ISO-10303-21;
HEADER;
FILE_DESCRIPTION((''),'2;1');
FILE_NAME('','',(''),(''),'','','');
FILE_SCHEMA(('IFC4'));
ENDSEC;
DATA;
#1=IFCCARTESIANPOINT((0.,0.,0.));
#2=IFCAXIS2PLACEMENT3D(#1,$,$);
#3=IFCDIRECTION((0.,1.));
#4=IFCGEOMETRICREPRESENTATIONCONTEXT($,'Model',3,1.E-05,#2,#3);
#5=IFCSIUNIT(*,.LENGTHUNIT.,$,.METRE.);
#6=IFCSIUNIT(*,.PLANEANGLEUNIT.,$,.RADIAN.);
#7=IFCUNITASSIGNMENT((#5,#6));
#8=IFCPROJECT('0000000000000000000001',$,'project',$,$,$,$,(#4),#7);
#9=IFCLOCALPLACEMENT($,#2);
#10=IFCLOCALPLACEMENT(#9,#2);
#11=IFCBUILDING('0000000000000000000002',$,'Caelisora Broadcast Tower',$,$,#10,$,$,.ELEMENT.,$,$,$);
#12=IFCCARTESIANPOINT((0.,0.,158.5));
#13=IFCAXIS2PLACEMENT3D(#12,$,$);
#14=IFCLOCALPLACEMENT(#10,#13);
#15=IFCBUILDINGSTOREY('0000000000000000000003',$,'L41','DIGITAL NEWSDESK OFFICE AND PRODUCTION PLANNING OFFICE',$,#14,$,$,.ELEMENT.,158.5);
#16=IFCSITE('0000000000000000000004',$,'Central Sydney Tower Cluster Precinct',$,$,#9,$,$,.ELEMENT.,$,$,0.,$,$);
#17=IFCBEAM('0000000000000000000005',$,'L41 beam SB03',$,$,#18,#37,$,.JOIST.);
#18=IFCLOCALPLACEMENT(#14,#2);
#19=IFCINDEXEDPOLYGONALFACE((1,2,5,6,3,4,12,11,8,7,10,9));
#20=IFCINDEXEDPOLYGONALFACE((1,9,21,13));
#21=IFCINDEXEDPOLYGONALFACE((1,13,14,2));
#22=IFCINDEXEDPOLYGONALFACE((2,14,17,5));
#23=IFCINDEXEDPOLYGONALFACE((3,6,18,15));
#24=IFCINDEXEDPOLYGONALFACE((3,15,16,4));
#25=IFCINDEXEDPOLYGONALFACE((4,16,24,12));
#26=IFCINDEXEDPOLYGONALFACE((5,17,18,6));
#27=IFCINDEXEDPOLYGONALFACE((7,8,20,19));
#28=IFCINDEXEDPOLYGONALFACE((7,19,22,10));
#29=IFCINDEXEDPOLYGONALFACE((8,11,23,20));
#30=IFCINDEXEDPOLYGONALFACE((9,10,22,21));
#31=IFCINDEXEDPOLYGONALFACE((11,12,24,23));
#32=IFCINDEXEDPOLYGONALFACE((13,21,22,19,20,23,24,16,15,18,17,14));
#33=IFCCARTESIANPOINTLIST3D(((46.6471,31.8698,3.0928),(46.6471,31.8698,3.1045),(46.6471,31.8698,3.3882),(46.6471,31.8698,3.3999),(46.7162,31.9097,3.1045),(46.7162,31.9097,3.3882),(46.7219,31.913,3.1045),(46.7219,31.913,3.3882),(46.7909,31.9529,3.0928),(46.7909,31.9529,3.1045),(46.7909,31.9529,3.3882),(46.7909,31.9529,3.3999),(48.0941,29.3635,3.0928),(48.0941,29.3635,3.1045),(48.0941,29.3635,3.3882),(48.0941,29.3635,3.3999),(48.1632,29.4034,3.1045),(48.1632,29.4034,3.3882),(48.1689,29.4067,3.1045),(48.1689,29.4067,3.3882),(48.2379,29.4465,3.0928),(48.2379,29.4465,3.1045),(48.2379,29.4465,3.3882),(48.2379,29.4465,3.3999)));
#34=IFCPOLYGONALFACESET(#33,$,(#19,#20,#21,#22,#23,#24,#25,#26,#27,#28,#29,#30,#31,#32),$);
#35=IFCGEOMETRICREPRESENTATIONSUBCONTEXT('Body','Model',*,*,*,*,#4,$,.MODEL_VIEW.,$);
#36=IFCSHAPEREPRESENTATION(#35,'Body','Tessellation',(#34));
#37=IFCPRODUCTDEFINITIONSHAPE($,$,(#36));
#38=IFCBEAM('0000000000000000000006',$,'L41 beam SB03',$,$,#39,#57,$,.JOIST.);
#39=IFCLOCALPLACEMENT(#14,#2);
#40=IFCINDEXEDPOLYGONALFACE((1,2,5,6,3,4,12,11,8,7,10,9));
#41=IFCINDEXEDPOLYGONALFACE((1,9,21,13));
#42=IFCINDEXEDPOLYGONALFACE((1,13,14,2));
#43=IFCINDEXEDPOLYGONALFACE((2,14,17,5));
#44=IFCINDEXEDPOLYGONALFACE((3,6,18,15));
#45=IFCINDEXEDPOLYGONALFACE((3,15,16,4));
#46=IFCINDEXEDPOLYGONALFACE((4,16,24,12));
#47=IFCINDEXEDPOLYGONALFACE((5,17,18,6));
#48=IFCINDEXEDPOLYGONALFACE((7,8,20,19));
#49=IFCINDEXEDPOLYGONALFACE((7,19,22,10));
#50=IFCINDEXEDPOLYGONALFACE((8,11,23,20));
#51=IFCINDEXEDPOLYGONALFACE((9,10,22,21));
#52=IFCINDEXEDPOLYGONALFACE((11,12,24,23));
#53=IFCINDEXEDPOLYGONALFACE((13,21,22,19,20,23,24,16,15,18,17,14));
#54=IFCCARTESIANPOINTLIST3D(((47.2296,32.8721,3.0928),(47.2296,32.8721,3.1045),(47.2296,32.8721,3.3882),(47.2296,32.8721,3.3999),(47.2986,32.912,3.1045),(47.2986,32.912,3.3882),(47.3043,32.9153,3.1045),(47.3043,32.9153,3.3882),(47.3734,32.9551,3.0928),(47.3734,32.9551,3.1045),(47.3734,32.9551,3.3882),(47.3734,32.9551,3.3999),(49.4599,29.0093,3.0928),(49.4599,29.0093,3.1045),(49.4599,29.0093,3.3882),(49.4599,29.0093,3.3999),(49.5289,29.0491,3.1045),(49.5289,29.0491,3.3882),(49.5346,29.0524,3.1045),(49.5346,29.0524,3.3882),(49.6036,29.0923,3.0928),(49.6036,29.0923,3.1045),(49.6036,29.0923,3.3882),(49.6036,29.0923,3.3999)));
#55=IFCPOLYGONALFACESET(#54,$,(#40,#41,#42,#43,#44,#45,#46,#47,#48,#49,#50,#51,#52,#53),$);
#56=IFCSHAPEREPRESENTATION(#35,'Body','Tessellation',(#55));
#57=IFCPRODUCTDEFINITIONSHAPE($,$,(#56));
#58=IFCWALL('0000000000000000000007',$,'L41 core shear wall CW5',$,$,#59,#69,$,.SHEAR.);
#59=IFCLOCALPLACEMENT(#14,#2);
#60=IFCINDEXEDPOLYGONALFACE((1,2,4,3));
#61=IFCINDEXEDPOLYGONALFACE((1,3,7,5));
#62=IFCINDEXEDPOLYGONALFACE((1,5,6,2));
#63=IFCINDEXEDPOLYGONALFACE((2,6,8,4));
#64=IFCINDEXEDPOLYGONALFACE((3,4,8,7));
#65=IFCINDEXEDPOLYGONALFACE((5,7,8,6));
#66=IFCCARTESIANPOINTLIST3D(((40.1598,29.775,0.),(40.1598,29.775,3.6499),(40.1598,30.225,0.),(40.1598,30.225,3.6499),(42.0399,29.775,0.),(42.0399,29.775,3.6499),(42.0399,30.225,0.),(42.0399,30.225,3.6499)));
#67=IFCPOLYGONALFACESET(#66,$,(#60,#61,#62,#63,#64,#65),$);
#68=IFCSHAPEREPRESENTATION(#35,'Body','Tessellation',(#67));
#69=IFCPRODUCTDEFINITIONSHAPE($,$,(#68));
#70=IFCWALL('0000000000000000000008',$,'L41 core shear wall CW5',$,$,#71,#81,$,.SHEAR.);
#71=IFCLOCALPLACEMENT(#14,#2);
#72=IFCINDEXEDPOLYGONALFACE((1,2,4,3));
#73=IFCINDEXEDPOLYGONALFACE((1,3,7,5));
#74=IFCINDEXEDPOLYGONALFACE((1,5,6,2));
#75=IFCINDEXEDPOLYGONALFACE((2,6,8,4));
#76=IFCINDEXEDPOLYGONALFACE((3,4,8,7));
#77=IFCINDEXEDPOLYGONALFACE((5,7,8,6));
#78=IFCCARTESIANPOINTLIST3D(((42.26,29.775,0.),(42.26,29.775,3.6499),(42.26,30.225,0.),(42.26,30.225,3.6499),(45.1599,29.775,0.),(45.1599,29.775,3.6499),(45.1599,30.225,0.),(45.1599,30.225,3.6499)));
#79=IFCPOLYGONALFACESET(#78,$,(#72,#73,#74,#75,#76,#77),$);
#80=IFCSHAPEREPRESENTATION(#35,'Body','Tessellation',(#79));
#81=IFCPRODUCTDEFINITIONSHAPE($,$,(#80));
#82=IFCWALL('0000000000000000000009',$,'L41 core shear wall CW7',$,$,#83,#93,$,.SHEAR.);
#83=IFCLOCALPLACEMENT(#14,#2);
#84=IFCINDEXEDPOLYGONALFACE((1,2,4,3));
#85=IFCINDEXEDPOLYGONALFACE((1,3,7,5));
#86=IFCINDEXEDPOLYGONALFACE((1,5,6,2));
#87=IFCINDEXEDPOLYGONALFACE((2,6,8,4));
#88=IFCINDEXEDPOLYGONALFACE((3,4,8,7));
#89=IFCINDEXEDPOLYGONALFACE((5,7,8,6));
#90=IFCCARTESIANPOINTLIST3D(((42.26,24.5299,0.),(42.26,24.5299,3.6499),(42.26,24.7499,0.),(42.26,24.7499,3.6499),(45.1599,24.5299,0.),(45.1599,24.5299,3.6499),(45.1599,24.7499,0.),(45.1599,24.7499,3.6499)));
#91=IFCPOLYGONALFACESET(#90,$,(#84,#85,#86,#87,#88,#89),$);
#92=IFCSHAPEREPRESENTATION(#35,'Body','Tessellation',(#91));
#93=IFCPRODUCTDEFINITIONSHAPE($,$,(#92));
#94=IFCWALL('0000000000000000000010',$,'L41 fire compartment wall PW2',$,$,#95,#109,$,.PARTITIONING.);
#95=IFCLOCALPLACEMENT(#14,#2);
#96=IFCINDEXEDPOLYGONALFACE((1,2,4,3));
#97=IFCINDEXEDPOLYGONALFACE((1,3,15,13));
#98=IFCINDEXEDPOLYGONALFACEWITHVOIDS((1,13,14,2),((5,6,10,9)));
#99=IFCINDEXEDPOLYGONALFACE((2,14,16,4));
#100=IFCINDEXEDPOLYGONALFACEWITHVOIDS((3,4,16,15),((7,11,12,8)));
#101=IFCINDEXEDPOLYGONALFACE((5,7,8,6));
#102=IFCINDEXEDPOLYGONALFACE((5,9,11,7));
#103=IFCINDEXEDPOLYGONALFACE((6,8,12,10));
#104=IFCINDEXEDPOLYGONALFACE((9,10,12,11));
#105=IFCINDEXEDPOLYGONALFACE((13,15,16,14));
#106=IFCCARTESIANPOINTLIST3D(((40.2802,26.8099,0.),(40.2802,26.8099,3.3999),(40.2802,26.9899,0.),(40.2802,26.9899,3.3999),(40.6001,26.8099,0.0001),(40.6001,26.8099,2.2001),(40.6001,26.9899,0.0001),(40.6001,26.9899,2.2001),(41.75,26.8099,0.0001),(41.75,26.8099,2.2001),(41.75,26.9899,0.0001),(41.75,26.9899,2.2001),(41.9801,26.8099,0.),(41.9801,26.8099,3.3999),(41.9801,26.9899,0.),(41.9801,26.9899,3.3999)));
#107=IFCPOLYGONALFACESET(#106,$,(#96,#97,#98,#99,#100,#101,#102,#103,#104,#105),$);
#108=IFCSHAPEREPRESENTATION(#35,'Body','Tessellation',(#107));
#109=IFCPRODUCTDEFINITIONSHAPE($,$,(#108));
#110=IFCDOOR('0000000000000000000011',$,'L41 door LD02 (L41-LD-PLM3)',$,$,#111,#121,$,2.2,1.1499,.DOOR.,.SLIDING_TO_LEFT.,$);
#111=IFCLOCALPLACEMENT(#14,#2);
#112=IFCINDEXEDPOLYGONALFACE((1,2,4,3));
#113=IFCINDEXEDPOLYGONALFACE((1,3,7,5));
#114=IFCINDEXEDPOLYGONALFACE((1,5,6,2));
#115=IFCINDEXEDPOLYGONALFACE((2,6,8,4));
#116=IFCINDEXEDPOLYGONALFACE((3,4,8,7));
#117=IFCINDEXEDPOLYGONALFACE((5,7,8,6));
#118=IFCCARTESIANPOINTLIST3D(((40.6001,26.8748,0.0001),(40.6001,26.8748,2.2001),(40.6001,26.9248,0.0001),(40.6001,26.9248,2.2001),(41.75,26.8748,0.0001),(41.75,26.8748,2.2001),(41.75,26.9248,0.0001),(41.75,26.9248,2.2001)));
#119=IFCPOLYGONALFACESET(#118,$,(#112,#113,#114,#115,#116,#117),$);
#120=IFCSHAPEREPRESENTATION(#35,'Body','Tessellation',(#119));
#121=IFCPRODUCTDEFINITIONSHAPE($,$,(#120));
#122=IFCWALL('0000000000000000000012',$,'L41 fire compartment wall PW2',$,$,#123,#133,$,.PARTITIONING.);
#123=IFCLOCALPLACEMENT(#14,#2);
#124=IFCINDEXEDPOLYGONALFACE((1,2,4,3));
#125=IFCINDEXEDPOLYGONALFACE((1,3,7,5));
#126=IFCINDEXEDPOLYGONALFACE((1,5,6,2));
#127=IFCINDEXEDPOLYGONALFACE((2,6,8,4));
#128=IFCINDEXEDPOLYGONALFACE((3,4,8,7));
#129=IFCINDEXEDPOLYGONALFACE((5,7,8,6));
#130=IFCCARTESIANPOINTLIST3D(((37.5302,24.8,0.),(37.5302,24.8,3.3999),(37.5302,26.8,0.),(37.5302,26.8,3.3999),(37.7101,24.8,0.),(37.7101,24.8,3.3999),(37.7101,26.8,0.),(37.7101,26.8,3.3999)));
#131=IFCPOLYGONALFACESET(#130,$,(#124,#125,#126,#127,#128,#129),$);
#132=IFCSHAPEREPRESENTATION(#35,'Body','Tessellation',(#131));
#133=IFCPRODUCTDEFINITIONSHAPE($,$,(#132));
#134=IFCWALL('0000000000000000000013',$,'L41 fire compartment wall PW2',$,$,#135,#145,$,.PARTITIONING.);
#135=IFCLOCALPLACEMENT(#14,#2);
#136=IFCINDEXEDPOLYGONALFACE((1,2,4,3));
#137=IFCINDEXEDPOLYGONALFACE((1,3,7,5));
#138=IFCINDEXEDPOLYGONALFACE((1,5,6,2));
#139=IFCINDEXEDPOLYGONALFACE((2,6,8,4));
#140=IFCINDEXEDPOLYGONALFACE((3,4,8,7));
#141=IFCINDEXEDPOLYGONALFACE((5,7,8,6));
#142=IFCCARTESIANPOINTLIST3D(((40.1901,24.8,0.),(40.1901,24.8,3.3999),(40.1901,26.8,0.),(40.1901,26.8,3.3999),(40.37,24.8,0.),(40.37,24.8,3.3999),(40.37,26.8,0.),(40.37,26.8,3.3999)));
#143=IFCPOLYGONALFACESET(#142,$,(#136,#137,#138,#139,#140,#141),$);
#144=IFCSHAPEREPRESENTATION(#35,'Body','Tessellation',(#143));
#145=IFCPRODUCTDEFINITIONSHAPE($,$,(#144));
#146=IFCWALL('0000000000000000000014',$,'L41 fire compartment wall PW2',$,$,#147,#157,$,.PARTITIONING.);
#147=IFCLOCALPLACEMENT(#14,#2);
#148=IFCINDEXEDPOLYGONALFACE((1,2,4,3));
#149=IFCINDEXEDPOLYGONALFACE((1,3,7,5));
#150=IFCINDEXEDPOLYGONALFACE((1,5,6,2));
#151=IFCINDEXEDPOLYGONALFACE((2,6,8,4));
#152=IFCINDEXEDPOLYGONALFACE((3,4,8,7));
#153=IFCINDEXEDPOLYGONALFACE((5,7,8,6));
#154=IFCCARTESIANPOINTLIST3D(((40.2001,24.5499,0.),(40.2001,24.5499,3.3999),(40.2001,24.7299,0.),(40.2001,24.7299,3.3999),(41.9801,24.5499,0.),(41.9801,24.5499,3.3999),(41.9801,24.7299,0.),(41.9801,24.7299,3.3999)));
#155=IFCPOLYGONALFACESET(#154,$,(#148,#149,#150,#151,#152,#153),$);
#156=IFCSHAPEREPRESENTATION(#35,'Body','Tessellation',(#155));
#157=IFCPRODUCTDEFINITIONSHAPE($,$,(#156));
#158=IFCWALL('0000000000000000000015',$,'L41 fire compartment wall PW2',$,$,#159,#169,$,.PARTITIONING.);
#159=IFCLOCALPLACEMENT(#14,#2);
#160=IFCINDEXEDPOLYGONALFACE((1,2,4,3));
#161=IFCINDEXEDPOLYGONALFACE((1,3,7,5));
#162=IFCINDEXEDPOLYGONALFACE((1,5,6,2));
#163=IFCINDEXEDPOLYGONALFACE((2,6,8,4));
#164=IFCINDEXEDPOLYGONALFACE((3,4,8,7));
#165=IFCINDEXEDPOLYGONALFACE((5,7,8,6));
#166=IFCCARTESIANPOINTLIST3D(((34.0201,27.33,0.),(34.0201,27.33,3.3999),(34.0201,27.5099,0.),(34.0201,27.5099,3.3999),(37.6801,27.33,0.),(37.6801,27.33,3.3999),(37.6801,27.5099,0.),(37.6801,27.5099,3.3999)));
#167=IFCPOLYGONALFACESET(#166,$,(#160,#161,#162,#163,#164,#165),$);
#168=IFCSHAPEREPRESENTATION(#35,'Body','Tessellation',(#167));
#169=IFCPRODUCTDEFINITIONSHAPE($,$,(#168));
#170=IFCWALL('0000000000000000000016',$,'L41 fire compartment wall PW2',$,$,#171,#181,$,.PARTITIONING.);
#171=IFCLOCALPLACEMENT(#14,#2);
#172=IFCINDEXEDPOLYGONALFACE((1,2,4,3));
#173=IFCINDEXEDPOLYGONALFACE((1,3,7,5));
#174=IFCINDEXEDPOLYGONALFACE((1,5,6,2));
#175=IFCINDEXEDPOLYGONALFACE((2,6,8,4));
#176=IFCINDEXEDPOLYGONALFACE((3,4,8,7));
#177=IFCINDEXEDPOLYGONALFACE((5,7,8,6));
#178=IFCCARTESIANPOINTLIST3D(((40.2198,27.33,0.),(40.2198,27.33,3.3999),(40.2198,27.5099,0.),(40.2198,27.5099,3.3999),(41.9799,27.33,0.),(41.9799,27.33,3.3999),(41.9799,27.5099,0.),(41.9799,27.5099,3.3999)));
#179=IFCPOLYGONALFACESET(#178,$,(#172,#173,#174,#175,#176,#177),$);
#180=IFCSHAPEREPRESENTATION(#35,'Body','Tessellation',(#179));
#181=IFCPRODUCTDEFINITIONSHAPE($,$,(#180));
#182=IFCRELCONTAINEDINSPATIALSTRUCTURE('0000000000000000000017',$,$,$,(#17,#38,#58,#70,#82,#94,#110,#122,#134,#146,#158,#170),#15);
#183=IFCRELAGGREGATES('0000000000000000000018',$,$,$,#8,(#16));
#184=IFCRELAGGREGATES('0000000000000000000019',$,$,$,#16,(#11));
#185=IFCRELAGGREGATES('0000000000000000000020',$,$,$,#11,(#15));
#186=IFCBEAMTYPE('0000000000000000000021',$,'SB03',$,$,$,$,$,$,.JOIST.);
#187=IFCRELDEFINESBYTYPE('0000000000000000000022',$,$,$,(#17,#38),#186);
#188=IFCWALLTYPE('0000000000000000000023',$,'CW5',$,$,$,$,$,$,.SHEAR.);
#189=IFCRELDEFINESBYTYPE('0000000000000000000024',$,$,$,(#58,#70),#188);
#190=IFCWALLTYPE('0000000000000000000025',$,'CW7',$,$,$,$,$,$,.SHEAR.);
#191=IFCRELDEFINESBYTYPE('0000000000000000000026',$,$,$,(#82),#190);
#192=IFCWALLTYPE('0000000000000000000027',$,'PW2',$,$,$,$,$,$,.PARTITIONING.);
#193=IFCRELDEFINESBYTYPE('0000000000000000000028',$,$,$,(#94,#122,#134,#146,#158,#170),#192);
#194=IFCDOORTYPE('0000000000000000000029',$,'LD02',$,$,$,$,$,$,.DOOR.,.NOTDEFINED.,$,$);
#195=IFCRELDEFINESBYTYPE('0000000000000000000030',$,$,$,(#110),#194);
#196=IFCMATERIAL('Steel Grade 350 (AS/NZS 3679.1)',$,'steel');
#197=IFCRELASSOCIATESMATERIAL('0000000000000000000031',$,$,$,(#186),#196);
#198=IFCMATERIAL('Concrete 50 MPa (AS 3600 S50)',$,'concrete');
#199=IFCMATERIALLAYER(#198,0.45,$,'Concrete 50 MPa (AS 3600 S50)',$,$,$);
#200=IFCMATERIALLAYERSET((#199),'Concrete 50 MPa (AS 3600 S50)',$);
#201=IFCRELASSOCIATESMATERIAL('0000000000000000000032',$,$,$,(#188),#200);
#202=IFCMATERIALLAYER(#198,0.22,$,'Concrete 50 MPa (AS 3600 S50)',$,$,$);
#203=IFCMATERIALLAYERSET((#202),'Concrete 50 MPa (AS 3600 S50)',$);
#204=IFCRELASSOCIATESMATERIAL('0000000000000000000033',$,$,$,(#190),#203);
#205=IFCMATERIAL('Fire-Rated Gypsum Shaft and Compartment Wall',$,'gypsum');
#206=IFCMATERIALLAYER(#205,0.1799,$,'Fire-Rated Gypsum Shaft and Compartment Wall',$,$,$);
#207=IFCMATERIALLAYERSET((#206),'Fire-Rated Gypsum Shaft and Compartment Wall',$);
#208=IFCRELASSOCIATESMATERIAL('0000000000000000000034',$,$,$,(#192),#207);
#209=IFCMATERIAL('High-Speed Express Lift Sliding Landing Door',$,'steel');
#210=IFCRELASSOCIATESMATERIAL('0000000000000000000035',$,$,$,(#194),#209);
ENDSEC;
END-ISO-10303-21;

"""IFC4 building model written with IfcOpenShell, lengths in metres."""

from ifc_helpers import new_model, si_unit, direction, frame, frame_2d, origin, origin_2d, place, context, subcontext, project, spatial, rectangle, i_section, extrude, source, transform, mapped, material, layer, layer_set, material_profile, profile_set, type_object, type_shapes, element, fill, save


model = new_model("IFC4")

# Units and contexts
model_context = context("Model", 3, precision=1e-05, world=origin(), true_north=direction((0.0, 1.0)))
body_context = subcontext(model_context, "Body", "Model", "MODEL_VIEW")
ifc_project = project(units=[si_unit("LENGTHUNIT", "METRE"), si_unit("PLANEANGLEUNIT", "RADIAN")], contexts=[model_context])

# Site, building, storey
site_placement = place(None, origin())
site = spatial("IfcSite", under=ifc_project, at=site_placement, Name="Central Sydney Tower Cluster Precinct", CompositionType="ELEMENT", RefElevation=0.0)
building_placement = place(site_placement, origin())
building = spatial("IfcBuilding", under=site, at=building_placement, Name="Caelisora Broadcast Tower", CompositionType="ELEMENT")
storey_placement = place(building_placement, frame((0.0, 0.0, 158.5)))
storey = spatial("IfcBuildingStorey", under=building, at=storey_placement, Name="L41", Description="DIGITAL NEWSDESK OFFICE AND PRODUCTION PLANNING OFFICE", CompositionType="ELEMENT", Elevation=158.5)

# Beams
ifc_material_1 = material(Name="Concrete 50 MPa (AS 3600 S50)", Category="concrete")
ifc_material_2 = material(Name="Steel Grade 350 (AS/NZS 3679.1)", Category="steel")
ifc_material_profile_1 = material_profile(ifc_material_2, i_section(OverallWidth=0.166, OverallDepth=0.3071, WebThickness=0.0066, FlangeThickness=0.0117, at=origin_2d()), Name="Steel Grade 350 (AS/NZS 3679.1)")
ifc_profile_set_1 = profile_set([ifc_material_profile_1], Name="Steel Grade 350 (AS/NZS 3679.1)")
beam_type_1 = type_object("IfcBeamType", Name="SB03", PredefinedType="JOIST", material=ifc_profile_set_1)
shared_shape_1 = source(origin(), body_context, "Body", "SweptSolid", [
    extrude(i_section(OverallWidth=0.166, OverallDepth=0.3071, WebThickness=0.0066, FlangeThickness=0.0117, at=origin_2d()), origin(), (0.0, 0.0, 1.0), 2.894),
])
beam_1_placement = place(storey_placement, frame((48.166, 29.405, 3.2463), z_axis=(-0.499995, 0.866028, 0.0), x_axis=(-0.866028, -0.499995, 0.0)))
element("IfcBeam", 1, at=beam_1_placement, inside=storey, type_object=beam_type_1, Name="L41 beam SB03", PredefinedType="JOIST", context=body_context, shape_type="MappedRepresentation", body=[
    mapped(shared_shape_1, transform((0.0, 0.0, 0.0), scale=1.0)),
])
shared_shape_2 = source(origin(), body_context, "Body", "SweptSolid", [
    extrude(i_section(OverallWidth=0.166, OverallDepth=0.3071, WebThickness=0.0066, FlangeThickness=0.0117, at=origin_2d()), origin(), (0.0, 0.0, 1.0), 4.4604),
])
type_shapes(beam_type_1, [shared_shape_1, shared_shape_2])
beam_2_placement = place(storey_placement, frame((49.5317, 29.0508, 3.2463), z_axis=(-0.500007, 0.866022, 0.0), x_axis=(-0.866022, -0.500007, 0.0)))
element("IfcBeam", 2, at=beam_2_placement, inside=storey, type_object=beam_type_1, Name="L41 beam SB03", PredefinedType="JOIST", context=body_context, shape_type="MappedRepresentation", body=[
    mapped(shared_shape_2, transform((0.0, 0.0, 0.0), scale=1.0)),
])

# Walls
ifc_layer_1 = layer(ifc_material_1, 0.45, Name="Concrete 50 MPa (AS 3600 S50)")
ifc_layer_set_1 = layer_set([ifc_layer_1], Name="Concrete 50 MPa (AS 3600 S50)")
wall_type_1 = type_object("IfcWallType", Name="CW5", PredefinedType="SHEAR", material=ifc_layer_set_1)
wall_1_placement = place(storey_placement, frame((40.1599, 30.0, 0.0), z_axis=(0.0, 0.0, 1.0), x_axis=(1.0, 0.0, 0.0)))
element("IfcWall", 3, at=wall_1_placement, inside=storey, type_object=wall_type_1, Name="L41 core shear wall CW5", PredefinedType="SHEAR", context=body_context, shape_type="SweptSolid", body=[
    extrude(rectangle(XDim=1.8801, YDim=0.45, at=frame_2d((0.9399, 0.0))), origin(), (0.0, 0.0, 1.0), 3.6499),
])
wall_2_placement = place(storey_placement, frame((42.26, 30.0, 0.0), z_axis=(0.0, 0.0, 1.0), x_axis=(1.0, 0.0, 0.0)))
element("IfcWall", 4, at=wall_2_placement, inside=storey, type_object=wall_type_1, Name="L41 core shear wall CW5", PredefinedType="SHEAR", context=body_context, shape_type="SweptSolid", body=[
    extrude(rectangle(XDim=2.8999, YDim=0.45, at=frame_2d((1.45, 0.0))), origin(), (0.0, 0.0, 1.0), 3.6499),
])
ifc_layer_2 = layer(ifc_material_1, 0.22, Name="Concrete 50 MPa (AS 3600 S50)")
ifc_layer_set_2 = layer_set([ifc_layer_2], Name="Concrete 50 MPa (AS 3600 S50)")
wall_type_2 = type_object("IfcWallType", Name="CW7", PredefinedType="SHEAR", material=ifc_layer_set_2)
wall_3_placement = place(storey_placement, frame((42.26, 24.6399, 0.0), z_axis=(0.0, 0.0, 1.0), x_axis=(1.0, 0.0, 0.0)))
element("IfcWall", 5, at=wall_3_placement, inside=storey, type_object=wall_type_2, Name="L41 core shear wall CW7", PredefinedType="SHEAR", context=body_context, shape_type="SweptSolid", body=[
    extrude(rectangle(XDim=2.8999, YDim=0.22, at=frame_2d((1.45, 0.0))), origin(), (0.0, 0.0, 1.0), 3.6499),
])

# Wall, opening, door
ifc_material_3 = material(Name="Fire-Rated Gypsum Shaft and Compartment Wall", Category="gypsum")
ifc_layer_3 = layer(ifc_material_3, 0.1799, Name="Fire-Rated Gypsum Shaft and Compartment Wall")
ifc_layer_set_3 = layer_set([ifc_layer_3], Name="Fire-Rated Gypsum Shaft and Compartment Wall")
wall_type_3 = type_object("IfcWallType", Name="PW2", PredefinedType="PARTITIONING", material=ifc_layer_set_3)
wall_4_placement = place(storey_placement, frame((40.28, 26.8999, 0.0), z_axis=(0.0, 0.0, 1.0), x_axis=(1.0, 0.0, 0.0)))
wall_4 = element("IfcWall", 6, at=wall_4_placement, inside=storey, type_object=wall_type_3, Name="L41 fire compartment wall PW2", PredefinedType="PARTITIONING", context=body_context, shape_type="SweptSolid", body=[
    extrude(rectangle(XDim=1.7, YDim=0.1799, at=frame_2d((0.8501, 0.0))), origin(), (0.0, 0.0, 1.0), 3.3999),
])
opening_placement = place(wall_4_placement, frame((0.3201, 0.0, 0.0)))
opening = element("IfcOpeningElement", 7, at=opening_placement, cuts=wall_4, PredefinedType="OPENING", context=body_context, shape_type="SweptSolid", body=[
    extrude(rectangle(XDim=1.1499, YDim=2.2, at=frame_2d((0.575, 1.1001))), frame((0.0, 0.1021, 0.0), z_axis=(0.0, -1.0, 0.0), x_axis=(1.0, 0.0, 0.0)), (0.0, 0.0, 1.0), 0.2039),
])
ifc_material_4 = material(Name="High-Speed Express Lift Sliding Landing Door", Category="steel")
door_type = type_object("IfcDoorType", Name="LD02", OperationType="NOTDEFINED", PredefinedType="DOOR", material=ifc_material_4)
door_placement = place(opening_placement, origin())
door = element("IfcDoor", 8, at=door_placement, inside=storey, type_object=door_type, Name="L41 door LD02 (L41-LD-PLM3)", OperationType="SLIDING_TO_LEFT", OverallHeight=2.2, OverallWidth=1.1499, PredefinedType="DOOR", context=body_context, shape_type="SweptSolid", body=[
    extrude(rectangle(XDim=1.1499, YDim=2.2, at=frame_2d((0.575, 1.1001))), frame((0.0, 0.0249, 0.0), z_axis=(0.0, -1.0, 0.0), x_axis=(1.0, 0.0, 0.0)), (0.0, 0.0, 1.0), 0.05),
])
fill(opening, door)

# Walls
for number, where, z_axis, x_axis, name in (
    (9, (37.6201, 24.8, 0.0), (0.0, 0.0, 1.0), (0.0, 1.0, 0.0), "L41 fire compartment wall PW2"),
    (10, (40.28, 24.8, 0.0), (0.0, 0.0, 1.0), (0.0, 1.0, 0.0), "L41 fire compartment wall PW2"),
):
    element("IfcWall", number, at=place(storey_placement, frame(where, z_axis=z_axis, x_axis=x_axis)), inside=storey, type_object=wall_type_3, Name=name, PredefinedType="PARTITIONING", context=body_context, shape_type="SweptSolid", body=[
        extrude(rectangle(XDim=2.0, YDim=0.1799, at=frame_2d((1.0, 0.0))), origin(), (0.0, 0.0, 1.0), 3.3999),
    ])
wall_5_placement = place(storey_placement, frame((40.2, 24.6399, 0.0), z_axis=(0.0, 0.0, 1.0), x_axis=(1.0, 0.0, 0.0)))
element("IfcWall", 11, at=wall_5_placement, inside=storey, type_object=wall_type_3, Name="L41 fire compartment wall PW2", PredefinedType="PARTITIONING", context=body_context, shape_type="SweptSolid", body=[
    extrude(rectangle(XDim=1.78, YDim=0.1799, at=frame_2d((0.8901, 0.0))), origin(), (0.0, 0.0, 1.0), 3.3999),
])
wall_6_placement = place(storey_placement, frame((34.02, 27.4199, 0.0), z_axis=(0.0, 0.0, 1.0), x_axis=(1.0, 0.0, 0.0)))
element("IfcWall", 12, at=wall_6_placement, inside=storey, type_object=wall_type_3, Name="L41 fire compartment wall PW2", PredefinedType="PARTITIONING", context=body_context, shape_type="SweptSolid", body=[
    extrude(rectangle(XDim=3.6599, YDim=0.1799, at=frame_2d((1.8301, 0.0))), origin(), (0.0, 0.0, 1.0), 3.3999),
])
wall_7_placement = place(storey_placement, frame((40.22, 27.4199, 0.0), z_axis=(0.0, 0.0, 1.0), x_axis=(1.0, 0.0, 0.0)))
element("IfcWall", 13, at=wall_7_placement, inside=storey, type_object=wall_type_3, Name="L41 fire compartment wall PW2", PredefinedType="PARTITIONING", context=body_context, shape_type="SweptSolid", body=[
    extrude(rectangle(XDim=1.76, YDim=0.1799, at=frame_2d((0.8799, 0.0))), origin(), (0.0, 0.0, 1.0), 3.3999),
])

save(model, "model.ifc")
